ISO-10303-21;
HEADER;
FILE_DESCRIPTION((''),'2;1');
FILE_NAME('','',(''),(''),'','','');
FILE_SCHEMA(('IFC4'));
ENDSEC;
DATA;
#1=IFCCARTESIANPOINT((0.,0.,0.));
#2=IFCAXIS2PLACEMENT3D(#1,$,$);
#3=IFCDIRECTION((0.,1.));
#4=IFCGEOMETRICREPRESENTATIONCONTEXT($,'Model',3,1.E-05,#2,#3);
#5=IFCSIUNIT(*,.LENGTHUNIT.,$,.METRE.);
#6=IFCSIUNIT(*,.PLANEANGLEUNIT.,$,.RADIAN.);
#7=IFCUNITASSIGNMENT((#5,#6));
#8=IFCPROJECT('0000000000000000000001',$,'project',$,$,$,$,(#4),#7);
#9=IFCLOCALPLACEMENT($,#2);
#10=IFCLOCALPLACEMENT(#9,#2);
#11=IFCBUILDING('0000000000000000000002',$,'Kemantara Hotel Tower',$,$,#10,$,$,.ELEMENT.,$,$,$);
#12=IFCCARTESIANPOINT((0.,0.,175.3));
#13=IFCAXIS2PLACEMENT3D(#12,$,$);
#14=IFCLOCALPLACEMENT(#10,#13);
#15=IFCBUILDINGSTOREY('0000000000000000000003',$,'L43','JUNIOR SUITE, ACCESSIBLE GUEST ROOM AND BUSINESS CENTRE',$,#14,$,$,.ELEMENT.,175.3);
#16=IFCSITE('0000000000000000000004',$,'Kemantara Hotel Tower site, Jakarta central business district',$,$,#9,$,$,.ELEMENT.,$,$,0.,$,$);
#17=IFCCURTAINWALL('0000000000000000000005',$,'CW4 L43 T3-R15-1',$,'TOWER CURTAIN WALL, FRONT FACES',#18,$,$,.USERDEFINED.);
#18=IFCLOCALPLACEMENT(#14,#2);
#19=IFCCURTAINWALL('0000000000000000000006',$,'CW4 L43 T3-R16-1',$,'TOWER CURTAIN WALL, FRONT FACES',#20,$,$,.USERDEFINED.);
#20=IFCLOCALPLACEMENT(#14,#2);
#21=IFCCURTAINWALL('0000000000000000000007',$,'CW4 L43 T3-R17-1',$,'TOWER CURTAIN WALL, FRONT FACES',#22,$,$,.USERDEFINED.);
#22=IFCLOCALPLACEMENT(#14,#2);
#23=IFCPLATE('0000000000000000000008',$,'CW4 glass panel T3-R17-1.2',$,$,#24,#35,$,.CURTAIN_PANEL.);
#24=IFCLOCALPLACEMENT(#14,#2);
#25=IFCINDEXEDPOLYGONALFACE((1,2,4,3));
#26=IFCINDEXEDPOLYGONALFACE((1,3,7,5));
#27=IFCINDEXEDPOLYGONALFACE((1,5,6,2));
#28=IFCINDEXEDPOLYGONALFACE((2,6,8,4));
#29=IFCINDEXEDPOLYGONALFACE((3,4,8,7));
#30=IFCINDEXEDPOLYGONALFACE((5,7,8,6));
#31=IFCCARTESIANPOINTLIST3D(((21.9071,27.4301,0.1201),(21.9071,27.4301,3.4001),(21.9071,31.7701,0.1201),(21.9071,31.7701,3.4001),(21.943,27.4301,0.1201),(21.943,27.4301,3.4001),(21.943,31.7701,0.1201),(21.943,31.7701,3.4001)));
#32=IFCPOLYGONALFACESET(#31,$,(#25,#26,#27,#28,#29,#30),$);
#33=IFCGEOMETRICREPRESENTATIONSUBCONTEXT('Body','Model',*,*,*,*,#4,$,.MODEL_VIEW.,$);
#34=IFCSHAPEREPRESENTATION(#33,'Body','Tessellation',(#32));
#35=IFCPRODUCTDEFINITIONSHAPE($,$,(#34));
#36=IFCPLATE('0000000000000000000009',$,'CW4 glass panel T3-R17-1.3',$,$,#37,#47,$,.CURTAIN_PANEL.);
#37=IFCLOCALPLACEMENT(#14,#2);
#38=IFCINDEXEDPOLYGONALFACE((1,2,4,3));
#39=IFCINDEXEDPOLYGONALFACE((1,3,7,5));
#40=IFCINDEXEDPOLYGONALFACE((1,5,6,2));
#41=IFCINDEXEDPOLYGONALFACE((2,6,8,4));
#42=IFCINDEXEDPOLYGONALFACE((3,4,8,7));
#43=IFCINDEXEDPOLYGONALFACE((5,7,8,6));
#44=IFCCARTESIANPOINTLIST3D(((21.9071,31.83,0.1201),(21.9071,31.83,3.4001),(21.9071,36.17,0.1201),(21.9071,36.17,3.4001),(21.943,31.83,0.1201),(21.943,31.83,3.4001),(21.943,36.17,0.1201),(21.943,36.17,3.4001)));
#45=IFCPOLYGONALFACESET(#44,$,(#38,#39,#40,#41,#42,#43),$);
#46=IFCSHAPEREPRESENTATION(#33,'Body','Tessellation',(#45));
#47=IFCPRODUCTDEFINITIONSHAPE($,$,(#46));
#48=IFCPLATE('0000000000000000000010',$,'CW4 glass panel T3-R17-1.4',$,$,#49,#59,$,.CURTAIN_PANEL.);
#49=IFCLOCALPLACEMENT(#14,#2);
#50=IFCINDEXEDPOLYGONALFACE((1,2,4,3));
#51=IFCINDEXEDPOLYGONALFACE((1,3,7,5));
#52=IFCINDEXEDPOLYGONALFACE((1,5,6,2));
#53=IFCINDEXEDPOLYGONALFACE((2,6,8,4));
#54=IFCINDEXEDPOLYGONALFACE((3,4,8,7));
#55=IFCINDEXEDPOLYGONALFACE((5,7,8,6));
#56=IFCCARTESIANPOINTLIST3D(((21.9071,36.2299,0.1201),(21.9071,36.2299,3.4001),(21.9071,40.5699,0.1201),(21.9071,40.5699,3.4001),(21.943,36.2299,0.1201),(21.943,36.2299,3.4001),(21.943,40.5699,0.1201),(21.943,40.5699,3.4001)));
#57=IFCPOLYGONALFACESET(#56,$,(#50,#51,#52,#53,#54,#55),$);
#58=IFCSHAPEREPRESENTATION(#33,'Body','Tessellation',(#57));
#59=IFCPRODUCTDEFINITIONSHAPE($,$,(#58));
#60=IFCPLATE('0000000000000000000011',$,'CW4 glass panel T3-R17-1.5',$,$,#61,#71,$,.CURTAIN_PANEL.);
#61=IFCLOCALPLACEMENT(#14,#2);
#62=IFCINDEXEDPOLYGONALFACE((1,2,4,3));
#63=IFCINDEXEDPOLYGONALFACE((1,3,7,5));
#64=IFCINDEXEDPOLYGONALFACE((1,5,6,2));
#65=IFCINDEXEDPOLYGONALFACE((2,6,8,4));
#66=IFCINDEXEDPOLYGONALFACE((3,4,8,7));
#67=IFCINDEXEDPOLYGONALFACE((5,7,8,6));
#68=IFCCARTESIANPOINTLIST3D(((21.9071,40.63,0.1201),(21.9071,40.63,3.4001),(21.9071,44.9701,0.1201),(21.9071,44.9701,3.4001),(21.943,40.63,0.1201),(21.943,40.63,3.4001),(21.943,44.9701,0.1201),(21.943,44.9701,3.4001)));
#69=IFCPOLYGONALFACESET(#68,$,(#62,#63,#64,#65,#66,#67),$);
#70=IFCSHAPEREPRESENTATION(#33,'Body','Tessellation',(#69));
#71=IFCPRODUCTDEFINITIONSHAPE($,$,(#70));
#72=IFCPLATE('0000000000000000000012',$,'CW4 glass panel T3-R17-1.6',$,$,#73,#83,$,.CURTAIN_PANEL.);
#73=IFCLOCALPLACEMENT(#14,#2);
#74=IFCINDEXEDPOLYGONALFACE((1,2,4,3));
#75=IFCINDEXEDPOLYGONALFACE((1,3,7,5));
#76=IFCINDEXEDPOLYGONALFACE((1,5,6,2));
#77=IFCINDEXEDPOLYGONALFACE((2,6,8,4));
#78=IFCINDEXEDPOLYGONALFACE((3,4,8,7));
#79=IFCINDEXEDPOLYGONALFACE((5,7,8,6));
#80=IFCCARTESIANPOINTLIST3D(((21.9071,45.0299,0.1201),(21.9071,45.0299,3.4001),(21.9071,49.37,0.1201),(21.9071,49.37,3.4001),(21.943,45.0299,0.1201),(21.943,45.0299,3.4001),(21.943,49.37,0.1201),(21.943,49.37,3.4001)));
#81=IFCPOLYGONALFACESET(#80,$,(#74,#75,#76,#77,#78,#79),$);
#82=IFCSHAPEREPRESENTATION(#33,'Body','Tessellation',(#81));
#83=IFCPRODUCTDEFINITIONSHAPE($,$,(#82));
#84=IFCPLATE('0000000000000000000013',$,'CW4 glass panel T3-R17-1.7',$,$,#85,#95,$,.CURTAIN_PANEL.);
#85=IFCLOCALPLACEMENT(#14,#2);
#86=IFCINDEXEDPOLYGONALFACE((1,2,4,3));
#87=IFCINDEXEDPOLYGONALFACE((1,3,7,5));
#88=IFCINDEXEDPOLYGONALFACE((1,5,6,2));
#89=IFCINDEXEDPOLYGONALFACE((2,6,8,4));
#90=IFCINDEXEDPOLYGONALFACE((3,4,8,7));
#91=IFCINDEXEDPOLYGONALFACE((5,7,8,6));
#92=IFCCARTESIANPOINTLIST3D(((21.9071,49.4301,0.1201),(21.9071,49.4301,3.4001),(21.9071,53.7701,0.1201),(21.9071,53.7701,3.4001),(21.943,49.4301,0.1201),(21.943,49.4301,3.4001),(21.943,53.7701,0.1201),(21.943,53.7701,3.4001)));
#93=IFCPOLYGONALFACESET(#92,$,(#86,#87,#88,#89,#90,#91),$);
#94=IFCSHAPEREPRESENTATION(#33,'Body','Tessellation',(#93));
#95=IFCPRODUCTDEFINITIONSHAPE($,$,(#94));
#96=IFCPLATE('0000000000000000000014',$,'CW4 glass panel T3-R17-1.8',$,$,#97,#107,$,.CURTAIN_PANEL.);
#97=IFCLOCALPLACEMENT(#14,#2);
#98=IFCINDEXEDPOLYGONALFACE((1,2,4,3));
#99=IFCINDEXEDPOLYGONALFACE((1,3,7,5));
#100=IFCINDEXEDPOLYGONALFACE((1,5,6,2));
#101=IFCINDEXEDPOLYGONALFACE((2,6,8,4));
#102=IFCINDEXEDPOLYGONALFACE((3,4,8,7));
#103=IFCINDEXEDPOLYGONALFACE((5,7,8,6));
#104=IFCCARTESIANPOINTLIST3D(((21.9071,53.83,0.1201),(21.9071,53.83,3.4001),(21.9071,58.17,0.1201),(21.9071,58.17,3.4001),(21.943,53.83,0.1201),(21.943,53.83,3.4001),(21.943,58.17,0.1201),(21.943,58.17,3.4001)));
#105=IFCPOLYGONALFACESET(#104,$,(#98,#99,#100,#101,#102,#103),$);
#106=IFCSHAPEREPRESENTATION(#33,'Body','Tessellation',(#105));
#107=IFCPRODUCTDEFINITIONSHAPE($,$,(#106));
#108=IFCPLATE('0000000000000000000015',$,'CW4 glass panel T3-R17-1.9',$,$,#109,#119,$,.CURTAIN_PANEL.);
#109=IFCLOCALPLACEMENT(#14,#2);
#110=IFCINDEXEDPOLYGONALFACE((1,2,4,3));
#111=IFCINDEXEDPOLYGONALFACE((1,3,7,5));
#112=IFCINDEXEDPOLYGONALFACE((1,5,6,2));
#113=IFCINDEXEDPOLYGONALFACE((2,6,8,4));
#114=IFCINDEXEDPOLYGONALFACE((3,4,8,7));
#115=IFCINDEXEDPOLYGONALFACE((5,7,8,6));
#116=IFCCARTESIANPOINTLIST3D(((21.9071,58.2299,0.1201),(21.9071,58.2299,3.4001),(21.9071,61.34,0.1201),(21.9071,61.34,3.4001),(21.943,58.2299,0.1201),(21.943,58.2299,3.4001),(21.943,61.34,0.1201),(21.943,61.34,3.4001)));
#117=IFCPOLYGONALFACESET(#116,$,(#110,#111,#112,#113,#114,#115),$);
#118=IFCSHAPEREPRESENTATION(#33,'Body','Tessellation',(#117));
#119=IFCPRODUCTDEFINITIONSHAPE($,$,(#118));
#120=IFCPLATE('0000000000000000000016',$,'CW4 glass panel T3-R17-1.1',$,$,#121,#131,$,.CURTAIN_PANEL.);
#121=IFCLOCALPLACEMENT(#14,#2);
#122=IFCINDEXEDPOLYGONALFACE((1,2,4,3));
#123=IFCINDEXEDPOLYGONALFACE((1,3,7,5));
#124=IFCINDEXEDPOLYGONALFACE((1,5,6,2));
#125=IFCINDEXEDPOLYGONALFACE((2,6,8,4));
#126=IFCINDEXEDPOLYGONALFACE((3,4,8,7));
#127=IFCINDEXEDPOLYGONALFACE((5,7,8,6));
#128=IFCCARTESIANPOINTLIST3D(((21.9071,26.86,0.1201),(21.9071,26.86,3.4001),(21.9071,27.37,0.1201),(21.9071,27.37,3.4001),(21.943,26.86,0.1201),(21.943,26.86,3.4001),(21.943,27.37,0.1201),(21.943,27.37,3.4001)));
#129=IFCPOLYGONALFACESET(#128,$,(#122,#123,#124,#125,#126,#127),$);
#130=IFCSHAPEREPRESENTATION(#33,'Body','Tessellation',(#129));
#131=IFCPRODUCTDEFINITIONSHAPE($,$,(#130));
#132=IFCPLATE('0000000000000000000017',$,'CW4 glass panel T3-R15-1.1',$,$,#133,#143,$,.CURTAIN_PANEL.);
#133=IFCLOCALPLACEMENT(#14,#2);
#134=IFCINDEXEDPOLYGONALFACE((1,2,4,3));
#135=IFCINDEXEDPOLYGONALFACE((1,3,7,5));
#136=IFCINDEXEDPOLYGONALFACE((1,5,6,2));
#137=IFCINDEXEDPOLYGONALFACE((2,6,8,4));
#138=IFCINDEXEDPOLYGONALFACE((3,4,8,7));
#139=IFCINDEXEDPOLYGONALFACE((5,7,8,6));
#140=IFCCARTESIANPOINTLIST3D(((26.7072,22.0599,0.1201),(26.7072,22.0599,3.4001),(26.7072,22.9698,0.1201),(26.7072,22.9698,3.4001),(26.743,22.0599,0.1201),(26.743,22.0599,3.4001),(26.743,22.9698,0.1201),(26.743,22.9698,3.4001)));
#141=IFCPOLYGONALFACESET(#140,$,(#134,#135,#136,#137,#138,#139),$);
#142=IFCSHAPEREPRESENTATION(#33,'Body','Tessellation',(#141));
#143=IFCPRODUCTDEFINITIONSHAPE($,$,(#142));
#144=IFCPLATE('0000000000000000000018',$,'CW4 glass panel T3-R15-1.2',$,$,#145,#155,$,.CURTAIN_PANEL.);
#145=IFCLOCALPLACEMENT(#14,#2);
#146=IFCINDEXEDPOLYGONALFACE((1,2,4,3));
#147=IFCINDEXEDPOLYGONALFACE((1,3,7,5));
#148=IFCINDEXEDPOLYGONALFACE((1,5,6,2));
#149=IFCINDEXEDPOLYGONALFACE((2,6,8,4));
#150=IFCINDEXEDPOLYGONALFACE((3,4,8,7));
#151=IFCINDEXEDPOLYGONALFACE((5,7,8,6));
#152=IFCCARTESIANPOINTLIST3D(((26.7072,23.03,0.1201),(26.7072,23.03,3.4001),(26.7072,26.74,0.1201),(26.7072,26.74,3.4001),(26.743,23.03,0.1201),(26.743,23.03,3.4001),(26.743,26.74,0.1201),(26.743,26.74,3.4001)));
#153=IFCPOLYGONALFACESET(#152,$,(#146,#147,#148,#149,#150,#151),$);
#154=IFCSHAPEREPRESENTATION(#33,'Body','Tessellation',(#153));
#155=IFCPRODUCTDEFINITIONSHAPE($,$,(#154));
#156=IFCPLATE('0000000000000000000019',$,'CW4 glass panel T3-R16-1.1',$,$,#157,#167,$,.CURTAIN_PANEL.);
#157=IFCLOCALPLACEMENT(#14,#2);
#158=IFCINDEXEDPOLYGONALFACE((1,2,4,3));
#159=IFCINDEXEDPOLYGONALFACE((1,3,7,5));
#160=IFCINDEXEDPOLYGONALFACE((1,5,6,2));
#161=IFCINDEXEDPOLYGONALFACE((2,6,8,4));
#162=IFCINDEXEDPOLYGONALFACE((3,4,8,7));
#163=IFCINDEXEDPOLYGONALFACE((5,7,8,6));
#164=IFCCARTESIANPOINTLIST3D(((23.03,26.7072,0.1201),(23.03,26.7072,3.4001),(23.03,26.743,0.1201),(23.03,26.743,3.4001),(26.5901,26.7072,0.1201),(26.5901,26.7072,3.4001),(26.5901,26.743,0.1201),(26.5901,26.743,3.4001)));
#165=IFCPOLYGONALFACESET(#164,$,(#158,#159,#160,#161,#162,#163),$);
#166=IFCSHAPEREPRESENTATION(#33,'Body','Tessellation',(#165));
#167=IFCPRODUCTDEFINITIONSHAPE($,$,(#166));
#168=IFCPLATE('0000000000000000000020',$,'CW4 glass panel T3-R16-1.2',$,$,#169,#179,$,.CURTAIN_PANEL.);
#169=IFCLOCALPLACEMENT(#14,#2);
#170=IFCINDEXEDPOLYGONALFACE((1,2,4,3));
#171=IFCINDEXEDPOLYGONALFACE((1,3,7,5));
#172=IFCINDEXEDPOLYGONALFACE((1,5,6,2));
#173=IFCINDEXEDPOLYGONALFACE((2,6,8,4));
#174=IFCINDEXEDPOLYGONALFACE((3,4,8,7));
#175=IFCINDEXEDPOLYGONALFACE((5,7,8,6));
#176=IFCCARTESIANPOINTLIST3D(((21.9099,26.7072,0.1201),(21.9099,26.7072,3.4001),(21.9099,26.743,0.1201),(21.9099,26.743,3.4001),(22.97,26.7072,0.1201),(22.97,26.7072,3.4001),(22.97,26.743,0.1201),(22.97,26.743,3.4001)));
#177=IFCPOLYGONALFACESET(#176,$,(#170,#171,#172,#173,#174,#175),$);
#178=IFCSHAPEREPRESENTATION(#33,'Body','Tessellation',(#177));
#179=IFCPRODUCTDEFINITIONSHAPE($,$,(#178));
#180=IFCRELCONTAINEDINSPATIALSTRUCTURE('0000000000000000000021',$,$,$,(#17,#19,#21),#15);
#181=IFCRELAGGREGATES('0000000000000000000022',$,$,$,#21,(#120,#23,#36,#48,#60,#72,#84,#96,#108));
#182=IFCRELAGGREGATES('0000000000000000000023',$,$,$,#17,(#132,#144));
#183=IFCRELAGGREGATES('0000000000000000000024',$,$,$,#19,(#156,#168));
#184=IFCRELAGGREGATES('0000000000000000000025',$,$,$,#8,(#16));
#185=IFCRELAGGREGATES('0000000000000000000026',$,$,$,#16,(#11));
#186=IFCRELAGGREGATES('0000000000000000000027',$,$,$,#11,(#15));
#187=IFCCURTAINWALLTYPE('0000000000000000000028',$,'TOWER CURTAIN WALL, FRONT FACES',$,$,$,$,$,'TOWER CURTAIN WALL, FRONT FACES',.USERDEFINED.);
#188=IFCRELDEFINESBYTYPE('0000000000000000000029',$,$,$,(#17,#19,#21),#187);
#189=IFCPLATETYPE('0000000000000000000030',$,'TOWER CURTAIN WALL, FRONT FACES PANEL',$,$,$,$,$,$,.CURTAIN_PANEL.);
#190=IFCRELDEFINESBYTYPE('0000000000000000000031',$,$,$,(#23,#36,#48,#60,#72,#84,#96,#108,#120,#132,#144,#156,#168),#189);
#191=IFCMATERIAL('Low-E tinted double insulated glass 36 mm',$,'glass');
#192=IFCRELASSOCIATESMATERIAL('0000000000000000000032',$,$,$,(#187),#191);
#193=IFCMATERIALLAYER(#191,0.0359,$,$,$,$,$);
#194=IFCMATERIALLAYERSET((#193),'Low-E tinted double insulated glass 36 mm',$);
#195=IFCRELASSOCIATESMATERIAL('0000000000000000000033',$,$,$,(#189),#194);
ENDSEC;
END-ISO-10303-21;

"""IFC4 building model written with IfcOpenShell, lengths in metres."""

from ifc_helpers import new_model, si_unit, direction, frame, origin, origin_2d, place, context, subcontext, project, spatial, rectangle, extrude, source, transform, mapped, material, layer, layer_set, type_object, element, aggregate, save


model = new_model("IFC4")

# Units and contexts
model_context = context("Model", 3, precision=1e-05, world=origin(), true_north=direction((0.0, 1.0)))
body_context = subcontext(model_context, "Body", "Model", "MODEL_VIEW")
ifc_project = project(units=[si_unit("LENGTHUNIT", "METRE"), si_unit("PLANEANGLEUNIT", "RADIAN")], contexts=[model_context])

# Site, building, storey
site_placement = place(None, origin())
site = spatial("IfcSite", under=ifc_project, at=site_placement, Name="Kemantara Hotel Tower site, Jakarta central business district", CompositionType="ELEMENT", RefElevation=0.0)
building_placement = place(site_placement, origin())
building = spatial("IfcBuilding", under=site, at=building_placement, Name="Kemantara Hotel Tower", CompositionType="ELEMENT")
storey_placement = place(building_placement, frame((0.0, 0.0, 175.3)))
storey = spatial("IfcBuildingStorey", under=building, at=storey_placement, Name="L43", Description="JUNIOR SUITE, ACCESSIBLE GUEST ROOM AND BUSINESS CENTRE", CompositionType="ELEMENT", Elevation=175.3)

# Curtain walls
ifc_material_1 = material(Name="Low-E tinted double insulated glass 36 mm", Category="glass")
curtain_wall_type = type_object("IfcCurtainWallType", Name="TOWER CURTAIN WALL, FRONT FACES", ElementType="TOWER CURTAIN WALL, FRONT FACES", PredefinedType="USERDEFINED", material=ifc_material_1)
curtain_wall_1_placement = place(storey_placement, origin())
curtain_wall_1 = element("IfcCurtainWall", 1, at=curtain_wall_1_placement, inside=storey, type_object=curtain_wall_type, Name="CW4 L43 T3-R15-1", ObjectType="TOWER CURTAIN WALL, FRONT FACES", PredefinedType="USERDEFINED")
curtain_wall_2_placement = place(storey_placement, origin())
curtain_wall_2 = element("IfcCurtainWall", 2, at=curtain_wall_2_placement, inside=storey, type_object=curtain_wall_type, Name="CW4 L43 T3-R16-1", ObjectType="TOWER CURTAIN WALL, FRONT FACES", PredefinedType="USERDEFINED")

# Curtain wall, plates
curtain_wall_3_placement = place(storey_placement, origin())
curtain_wall_3 = element("IfcCurtainWall", 3, at=curtain_wall_3_placement, inside=storey, type_object=curtain_wall_type, Name="CW4 L43 T3-R17-1", ObjectType="TOWER CURTAIN WALL, FRONT FACES", PredefinedType="USERDEFINED")
ifc_layer_1 = layer(ifc_material_1, 0.0359)
ifc_layer_set_1 = layer_set([ifc_layer_1], Name="Low-E tinted double insulated glass 36 mm")
plate_type = type_object("IfcPlateType", Name="TOWER CURTAIN WALL, FRONT FACES PANEL", PredefinedType="CURTAIN_PANEL", material=ifc_layer_set_1)
shared_shape_1 = source(origin(), body_context, "Body", "SweptSolid", [
    extrude(rectangle(XDim=4.3401, YDim=0.0359, at=origin_2d()), origin(), (0.0, 0.0, 1.0), 3.28),
])
plate_1_placement = place(storey_placement, frame((21.925, 29.6001, 0.1201), z_axis=(0.0, 0.0, 1.0), x_axis=(0.0, 1.0, 0.0)))
plate_1 = element("IfcPlate", 4, at=plate_1_placement, type_object=plate_type, Name="CW4 glass panel T3-R17-1.2", PredefinedType="CURTAIN_PANEL", context=body_context, shape_type="MappedRepresentation", body=[
    mapped(shared_shape_1, transform((0.0, 0.0, 0.0))),
])
plate_2_placement = place(storey_placement, frame((21.925, 34.0, 0.1201), z_axis=(0.0, 0.0, 1.0), x_axis=(0.0, 1.0, 0.0)))
plate_2 = element("IfcPlate", 5, at=plate_2_placement, type_object=plate_type, Name="CW4 glass panel T3-R17-1.3", PredefinedType="CURTAIN_PANEL", context=body_context, shape_type="MappedRepresentation", body=[
    mapped(shared_shape_1, transform((0.0, 0.0, 0.0))),
])
plate_3_placement = place(storey_placement, frame((21.925, 38.3999, 0.1201), z_axis=(0.0, 0.0, 1.0), x_axis=(0.0, 1.0, 0.0)))
plate_3 = element("IfcPlate", 6, at=plate_3_placement, type_object=plate_type, Name="CW4 glass panel T3-R17-1.4", PredefinedType="CURTAIN_PANEL", context=body_context, shape_type="MappedRepresentation", body=[
    mapped(shared_shape_1, transform((0.0, 0.0, 0.0))),
])
plate_4_placement = place(storey_placement, frame((21.925, 42.8, 0.1201), z_axis=(0.0, 0.0, 1.0), x_axis=(0.0, 1.0, 0.0)))
plate_4 = element("IfcPlate", 7, at=plate_4_placement, type_object=plate_type, Name="CW4 glass panel T3-R17-1.5", PredefinedType="CURTAIN_PANEL", context=body_context, shape_type="MappedRepresentation", body=[
    mapped(shared_shape_1, transform((0.0, 0.0, 0.0))),
])
plate_5_placement = place(storey_placement, frame((21.925, 47.2, 0.1201), z_axis=(0.0, 0.0, 1.0), x_axis=(0.0, 1.0, 0.0)))
plate_5 = element("IfcPlate", 8, at=plate_5_placement, type_object=plate_type, Name="CW4 glass panel T3-R17-1.6", PredefinedType="CURTAIN_PANEL", context=body_context, shape_type="MappedRepresentation", body=[
    mapped(shared_shape_1, transform((0.0, 0.0, 0.0))),
])
plate_6_placement = place(storey_placement, frame((21.925, 51.6001, 0.1201), z_axis=(0.0, 0.0, 1.0), x_axis=(0.0, 1.0, 0.0)))
plate_6 = element("IfcPlate", 9, at=plate_6_placement, type_object=plate_type, Name="CW4 glass panel T3-R17-1.7", PredefinedType="CURTAIN_PANEL", context=body_context, shape_type="MappedRepresentation", body=[
    mapped(shared_shape_1, transform((0.0, 0.0, 0.0))),
])
plate_7_placement = place(storey_placement, frame((21.925, 56.0, 0.1201), z_axis=(0.0, 0.0, 1.0), x_axis=(0.0, 1.0, 0.0)))
plate_7 = element("IfcPlate", 10, at=plate_7_placement, type_object=plate_type, Name="CW4 glass panel T3-R17-1.8", PredefinedType="CURTAIN_PANEL", context=body_context, shape_type="MappedRepresentation", body=[
    mapped(shared_shape_1, transform((0.0, 0.0, 0.0))),
])
shared_shape_2 = source(origin(), body_context, "Body", "SweptSolid", [
    extrude(rectangle(XDim=3.1101, YDim=0.0359, at=origin_2d()), origin(), (0.0, 0.0, 1.0), 3.28),
])
plate_8_placement = place(storey_placement, frame((21.925, 59.7849, 0.1201), z_axis=(0.0, 0.0, 1.0), x_axis=(0.0, 1.0, 0.0)))
plate_8 = element("IfcPlate", 11, at=plate_8_placement, type_object=plate_type, Name="CW4 glass panel T3-R17-1.9", PredefinedType="CURTAIN_PANEL", context=body_context, shape_type="MappedRepresentation", body=[
    mapped(shared_shape_2, transform((0.0, 0.0, 0.0))),
])
shared_shape_3 = source(origin(), body_context, "Body", "SweptSolid", [
    extrude(rectangle(XDim=0.51, YDim=0.0359, at=origin_2d()), origin(), (0.0, 0.0, 1.0), 3.28),
])
plate_9_placement = place(storey_placement, frame((21.925, 27.115, 0.1201), z_axis=(0.0, 0.0, 1.0), x_axis=(0.0, 1.0, 0.0)))
plate_9 = element("IfcPlate", 12, at=plate_9_placement, type_object=plate_type, Name="CW4 glass panel T3-R17-1.1", PredefinedType="CURTAIN_PANEL", context=body_context, shape_type="MappedRepresentation", body=[
    mapped(shared_shape_3, transform((0.0, 0.0, 0.0))),
])
aggregate(curtain_wall_3, [plate_9, plate_1, plate_2, plate_3, plate_4, plate_5, plate_6, plate_7, plate_8])

# Plates
shared_shape_4 = source(origin(), body_context, "Body", "SweptSolid", [
    extrude(rectangle(XDim=0.9099, YDim=0.0359, at=origin_2d()), origin(), (0.0, 0.0, 1.0), 3.28),
])
plate_10_placement = place(storey_placement, frame((26.7251, 22.5149, 0.1201), z_axis=(0.0, 0.0, 1.0), x_axis=(0.0, 1.0, 0.0)))
plate_10 = element("IfcPlate", 13, at=plate_10_placement, type_object=plate_type, Name="CW4 glass panel T3-R15-1.1", PredefinedType="CURTAIN_PANEL", context=body_context, shape_type="MappedRepresentation", body=[
    mapped(shared_shape_4, transform((0.0, 0.0, 0.0))),
])
shared_shape_5 = source(origin(), body_context, "Body", "SweptSolid", [
    extrude(rectangle(XDim=3.71, YDim=0.0359, at=origin_2d()), origin(), (0.0, 0.0, 1.0), 3.28),
])
plate_11_placement = place(storey_placement, frame((26.7251, 24.885, 0.1201), z_axis=(0.0, 0.0, 1.0), x_axis=(0.0, 1.0, 0.0)))
plate_11 = element("IfcPlate", 14, at=plate_11_placement, type_object=plate_type, Name="CW4 glass panel T3-R15-1.2", PredefinedType="CURTAIN_PANEL", context=body_context, shape_type="MappedRepresentation", body=[
    mapped(shared_shape_5, transform((0.0, 0.0, 0.0))),
])
aggregate(curtain_wall_1, [plate_10, plate_11])
shared_shape_6 = source(origin(), body_context, "Body", "SweptSolid", [
    extrude(rectangle(XDim=3.5601, YDim=0.0359, at=origin_2d()), origin(), (0.0, 0.0, 1.0), 3.28),
])
plate_12_placement = place(storey_placement, frame((24.8101, 26.7251, 0.1201), z_axis=(0.0, 0.0, 1.0), x_axis=(-1.0, 0.0, 0.0)))
plate_12 = element("IfcPlate", 15, at=plate_12_placement, type_object=plate_type, Name="CW4 glass panel T3-R16-1.1", PredefinedType="CURTAIN_PANEL", context=body_context, shape_type="MappedRepresentation", body=[
    mapped(shared_shape_6, transform((0.0, 0.0, 0.0))),
])
shared_shape_7 = source(origin(), body_context, "Body", "SweptSolid", [
    extrude(rectangle(XDim=1.0601, YDim=0.0359, at=origin_2d()), origin(), (0.0, 0.0, 1.0), 3.28),
])
plate_13_placement = place(storey_placement, frame((22.4399, 26.7251, 0.1201), z_axis=(0.0, 0.0, 1.0), x_axis=(-1.0, 0.0, 0.0)))
plate_13 = element("IfcPlate", 16, at=plate_13_placement, type_object=plate_type, Name="CW4 glass panel T3-R16-1.2", PredefinedType="CURTAIN_PANEL", context=body_context, shape_type="MappedRepresentation", body=[
    mapped(shared_shape_7, transform((0.0, 0.0, 0.0))),
])
aggregate(curtain_wall_2, [plate_12, plate_13])

save(model, "model.ifc")
